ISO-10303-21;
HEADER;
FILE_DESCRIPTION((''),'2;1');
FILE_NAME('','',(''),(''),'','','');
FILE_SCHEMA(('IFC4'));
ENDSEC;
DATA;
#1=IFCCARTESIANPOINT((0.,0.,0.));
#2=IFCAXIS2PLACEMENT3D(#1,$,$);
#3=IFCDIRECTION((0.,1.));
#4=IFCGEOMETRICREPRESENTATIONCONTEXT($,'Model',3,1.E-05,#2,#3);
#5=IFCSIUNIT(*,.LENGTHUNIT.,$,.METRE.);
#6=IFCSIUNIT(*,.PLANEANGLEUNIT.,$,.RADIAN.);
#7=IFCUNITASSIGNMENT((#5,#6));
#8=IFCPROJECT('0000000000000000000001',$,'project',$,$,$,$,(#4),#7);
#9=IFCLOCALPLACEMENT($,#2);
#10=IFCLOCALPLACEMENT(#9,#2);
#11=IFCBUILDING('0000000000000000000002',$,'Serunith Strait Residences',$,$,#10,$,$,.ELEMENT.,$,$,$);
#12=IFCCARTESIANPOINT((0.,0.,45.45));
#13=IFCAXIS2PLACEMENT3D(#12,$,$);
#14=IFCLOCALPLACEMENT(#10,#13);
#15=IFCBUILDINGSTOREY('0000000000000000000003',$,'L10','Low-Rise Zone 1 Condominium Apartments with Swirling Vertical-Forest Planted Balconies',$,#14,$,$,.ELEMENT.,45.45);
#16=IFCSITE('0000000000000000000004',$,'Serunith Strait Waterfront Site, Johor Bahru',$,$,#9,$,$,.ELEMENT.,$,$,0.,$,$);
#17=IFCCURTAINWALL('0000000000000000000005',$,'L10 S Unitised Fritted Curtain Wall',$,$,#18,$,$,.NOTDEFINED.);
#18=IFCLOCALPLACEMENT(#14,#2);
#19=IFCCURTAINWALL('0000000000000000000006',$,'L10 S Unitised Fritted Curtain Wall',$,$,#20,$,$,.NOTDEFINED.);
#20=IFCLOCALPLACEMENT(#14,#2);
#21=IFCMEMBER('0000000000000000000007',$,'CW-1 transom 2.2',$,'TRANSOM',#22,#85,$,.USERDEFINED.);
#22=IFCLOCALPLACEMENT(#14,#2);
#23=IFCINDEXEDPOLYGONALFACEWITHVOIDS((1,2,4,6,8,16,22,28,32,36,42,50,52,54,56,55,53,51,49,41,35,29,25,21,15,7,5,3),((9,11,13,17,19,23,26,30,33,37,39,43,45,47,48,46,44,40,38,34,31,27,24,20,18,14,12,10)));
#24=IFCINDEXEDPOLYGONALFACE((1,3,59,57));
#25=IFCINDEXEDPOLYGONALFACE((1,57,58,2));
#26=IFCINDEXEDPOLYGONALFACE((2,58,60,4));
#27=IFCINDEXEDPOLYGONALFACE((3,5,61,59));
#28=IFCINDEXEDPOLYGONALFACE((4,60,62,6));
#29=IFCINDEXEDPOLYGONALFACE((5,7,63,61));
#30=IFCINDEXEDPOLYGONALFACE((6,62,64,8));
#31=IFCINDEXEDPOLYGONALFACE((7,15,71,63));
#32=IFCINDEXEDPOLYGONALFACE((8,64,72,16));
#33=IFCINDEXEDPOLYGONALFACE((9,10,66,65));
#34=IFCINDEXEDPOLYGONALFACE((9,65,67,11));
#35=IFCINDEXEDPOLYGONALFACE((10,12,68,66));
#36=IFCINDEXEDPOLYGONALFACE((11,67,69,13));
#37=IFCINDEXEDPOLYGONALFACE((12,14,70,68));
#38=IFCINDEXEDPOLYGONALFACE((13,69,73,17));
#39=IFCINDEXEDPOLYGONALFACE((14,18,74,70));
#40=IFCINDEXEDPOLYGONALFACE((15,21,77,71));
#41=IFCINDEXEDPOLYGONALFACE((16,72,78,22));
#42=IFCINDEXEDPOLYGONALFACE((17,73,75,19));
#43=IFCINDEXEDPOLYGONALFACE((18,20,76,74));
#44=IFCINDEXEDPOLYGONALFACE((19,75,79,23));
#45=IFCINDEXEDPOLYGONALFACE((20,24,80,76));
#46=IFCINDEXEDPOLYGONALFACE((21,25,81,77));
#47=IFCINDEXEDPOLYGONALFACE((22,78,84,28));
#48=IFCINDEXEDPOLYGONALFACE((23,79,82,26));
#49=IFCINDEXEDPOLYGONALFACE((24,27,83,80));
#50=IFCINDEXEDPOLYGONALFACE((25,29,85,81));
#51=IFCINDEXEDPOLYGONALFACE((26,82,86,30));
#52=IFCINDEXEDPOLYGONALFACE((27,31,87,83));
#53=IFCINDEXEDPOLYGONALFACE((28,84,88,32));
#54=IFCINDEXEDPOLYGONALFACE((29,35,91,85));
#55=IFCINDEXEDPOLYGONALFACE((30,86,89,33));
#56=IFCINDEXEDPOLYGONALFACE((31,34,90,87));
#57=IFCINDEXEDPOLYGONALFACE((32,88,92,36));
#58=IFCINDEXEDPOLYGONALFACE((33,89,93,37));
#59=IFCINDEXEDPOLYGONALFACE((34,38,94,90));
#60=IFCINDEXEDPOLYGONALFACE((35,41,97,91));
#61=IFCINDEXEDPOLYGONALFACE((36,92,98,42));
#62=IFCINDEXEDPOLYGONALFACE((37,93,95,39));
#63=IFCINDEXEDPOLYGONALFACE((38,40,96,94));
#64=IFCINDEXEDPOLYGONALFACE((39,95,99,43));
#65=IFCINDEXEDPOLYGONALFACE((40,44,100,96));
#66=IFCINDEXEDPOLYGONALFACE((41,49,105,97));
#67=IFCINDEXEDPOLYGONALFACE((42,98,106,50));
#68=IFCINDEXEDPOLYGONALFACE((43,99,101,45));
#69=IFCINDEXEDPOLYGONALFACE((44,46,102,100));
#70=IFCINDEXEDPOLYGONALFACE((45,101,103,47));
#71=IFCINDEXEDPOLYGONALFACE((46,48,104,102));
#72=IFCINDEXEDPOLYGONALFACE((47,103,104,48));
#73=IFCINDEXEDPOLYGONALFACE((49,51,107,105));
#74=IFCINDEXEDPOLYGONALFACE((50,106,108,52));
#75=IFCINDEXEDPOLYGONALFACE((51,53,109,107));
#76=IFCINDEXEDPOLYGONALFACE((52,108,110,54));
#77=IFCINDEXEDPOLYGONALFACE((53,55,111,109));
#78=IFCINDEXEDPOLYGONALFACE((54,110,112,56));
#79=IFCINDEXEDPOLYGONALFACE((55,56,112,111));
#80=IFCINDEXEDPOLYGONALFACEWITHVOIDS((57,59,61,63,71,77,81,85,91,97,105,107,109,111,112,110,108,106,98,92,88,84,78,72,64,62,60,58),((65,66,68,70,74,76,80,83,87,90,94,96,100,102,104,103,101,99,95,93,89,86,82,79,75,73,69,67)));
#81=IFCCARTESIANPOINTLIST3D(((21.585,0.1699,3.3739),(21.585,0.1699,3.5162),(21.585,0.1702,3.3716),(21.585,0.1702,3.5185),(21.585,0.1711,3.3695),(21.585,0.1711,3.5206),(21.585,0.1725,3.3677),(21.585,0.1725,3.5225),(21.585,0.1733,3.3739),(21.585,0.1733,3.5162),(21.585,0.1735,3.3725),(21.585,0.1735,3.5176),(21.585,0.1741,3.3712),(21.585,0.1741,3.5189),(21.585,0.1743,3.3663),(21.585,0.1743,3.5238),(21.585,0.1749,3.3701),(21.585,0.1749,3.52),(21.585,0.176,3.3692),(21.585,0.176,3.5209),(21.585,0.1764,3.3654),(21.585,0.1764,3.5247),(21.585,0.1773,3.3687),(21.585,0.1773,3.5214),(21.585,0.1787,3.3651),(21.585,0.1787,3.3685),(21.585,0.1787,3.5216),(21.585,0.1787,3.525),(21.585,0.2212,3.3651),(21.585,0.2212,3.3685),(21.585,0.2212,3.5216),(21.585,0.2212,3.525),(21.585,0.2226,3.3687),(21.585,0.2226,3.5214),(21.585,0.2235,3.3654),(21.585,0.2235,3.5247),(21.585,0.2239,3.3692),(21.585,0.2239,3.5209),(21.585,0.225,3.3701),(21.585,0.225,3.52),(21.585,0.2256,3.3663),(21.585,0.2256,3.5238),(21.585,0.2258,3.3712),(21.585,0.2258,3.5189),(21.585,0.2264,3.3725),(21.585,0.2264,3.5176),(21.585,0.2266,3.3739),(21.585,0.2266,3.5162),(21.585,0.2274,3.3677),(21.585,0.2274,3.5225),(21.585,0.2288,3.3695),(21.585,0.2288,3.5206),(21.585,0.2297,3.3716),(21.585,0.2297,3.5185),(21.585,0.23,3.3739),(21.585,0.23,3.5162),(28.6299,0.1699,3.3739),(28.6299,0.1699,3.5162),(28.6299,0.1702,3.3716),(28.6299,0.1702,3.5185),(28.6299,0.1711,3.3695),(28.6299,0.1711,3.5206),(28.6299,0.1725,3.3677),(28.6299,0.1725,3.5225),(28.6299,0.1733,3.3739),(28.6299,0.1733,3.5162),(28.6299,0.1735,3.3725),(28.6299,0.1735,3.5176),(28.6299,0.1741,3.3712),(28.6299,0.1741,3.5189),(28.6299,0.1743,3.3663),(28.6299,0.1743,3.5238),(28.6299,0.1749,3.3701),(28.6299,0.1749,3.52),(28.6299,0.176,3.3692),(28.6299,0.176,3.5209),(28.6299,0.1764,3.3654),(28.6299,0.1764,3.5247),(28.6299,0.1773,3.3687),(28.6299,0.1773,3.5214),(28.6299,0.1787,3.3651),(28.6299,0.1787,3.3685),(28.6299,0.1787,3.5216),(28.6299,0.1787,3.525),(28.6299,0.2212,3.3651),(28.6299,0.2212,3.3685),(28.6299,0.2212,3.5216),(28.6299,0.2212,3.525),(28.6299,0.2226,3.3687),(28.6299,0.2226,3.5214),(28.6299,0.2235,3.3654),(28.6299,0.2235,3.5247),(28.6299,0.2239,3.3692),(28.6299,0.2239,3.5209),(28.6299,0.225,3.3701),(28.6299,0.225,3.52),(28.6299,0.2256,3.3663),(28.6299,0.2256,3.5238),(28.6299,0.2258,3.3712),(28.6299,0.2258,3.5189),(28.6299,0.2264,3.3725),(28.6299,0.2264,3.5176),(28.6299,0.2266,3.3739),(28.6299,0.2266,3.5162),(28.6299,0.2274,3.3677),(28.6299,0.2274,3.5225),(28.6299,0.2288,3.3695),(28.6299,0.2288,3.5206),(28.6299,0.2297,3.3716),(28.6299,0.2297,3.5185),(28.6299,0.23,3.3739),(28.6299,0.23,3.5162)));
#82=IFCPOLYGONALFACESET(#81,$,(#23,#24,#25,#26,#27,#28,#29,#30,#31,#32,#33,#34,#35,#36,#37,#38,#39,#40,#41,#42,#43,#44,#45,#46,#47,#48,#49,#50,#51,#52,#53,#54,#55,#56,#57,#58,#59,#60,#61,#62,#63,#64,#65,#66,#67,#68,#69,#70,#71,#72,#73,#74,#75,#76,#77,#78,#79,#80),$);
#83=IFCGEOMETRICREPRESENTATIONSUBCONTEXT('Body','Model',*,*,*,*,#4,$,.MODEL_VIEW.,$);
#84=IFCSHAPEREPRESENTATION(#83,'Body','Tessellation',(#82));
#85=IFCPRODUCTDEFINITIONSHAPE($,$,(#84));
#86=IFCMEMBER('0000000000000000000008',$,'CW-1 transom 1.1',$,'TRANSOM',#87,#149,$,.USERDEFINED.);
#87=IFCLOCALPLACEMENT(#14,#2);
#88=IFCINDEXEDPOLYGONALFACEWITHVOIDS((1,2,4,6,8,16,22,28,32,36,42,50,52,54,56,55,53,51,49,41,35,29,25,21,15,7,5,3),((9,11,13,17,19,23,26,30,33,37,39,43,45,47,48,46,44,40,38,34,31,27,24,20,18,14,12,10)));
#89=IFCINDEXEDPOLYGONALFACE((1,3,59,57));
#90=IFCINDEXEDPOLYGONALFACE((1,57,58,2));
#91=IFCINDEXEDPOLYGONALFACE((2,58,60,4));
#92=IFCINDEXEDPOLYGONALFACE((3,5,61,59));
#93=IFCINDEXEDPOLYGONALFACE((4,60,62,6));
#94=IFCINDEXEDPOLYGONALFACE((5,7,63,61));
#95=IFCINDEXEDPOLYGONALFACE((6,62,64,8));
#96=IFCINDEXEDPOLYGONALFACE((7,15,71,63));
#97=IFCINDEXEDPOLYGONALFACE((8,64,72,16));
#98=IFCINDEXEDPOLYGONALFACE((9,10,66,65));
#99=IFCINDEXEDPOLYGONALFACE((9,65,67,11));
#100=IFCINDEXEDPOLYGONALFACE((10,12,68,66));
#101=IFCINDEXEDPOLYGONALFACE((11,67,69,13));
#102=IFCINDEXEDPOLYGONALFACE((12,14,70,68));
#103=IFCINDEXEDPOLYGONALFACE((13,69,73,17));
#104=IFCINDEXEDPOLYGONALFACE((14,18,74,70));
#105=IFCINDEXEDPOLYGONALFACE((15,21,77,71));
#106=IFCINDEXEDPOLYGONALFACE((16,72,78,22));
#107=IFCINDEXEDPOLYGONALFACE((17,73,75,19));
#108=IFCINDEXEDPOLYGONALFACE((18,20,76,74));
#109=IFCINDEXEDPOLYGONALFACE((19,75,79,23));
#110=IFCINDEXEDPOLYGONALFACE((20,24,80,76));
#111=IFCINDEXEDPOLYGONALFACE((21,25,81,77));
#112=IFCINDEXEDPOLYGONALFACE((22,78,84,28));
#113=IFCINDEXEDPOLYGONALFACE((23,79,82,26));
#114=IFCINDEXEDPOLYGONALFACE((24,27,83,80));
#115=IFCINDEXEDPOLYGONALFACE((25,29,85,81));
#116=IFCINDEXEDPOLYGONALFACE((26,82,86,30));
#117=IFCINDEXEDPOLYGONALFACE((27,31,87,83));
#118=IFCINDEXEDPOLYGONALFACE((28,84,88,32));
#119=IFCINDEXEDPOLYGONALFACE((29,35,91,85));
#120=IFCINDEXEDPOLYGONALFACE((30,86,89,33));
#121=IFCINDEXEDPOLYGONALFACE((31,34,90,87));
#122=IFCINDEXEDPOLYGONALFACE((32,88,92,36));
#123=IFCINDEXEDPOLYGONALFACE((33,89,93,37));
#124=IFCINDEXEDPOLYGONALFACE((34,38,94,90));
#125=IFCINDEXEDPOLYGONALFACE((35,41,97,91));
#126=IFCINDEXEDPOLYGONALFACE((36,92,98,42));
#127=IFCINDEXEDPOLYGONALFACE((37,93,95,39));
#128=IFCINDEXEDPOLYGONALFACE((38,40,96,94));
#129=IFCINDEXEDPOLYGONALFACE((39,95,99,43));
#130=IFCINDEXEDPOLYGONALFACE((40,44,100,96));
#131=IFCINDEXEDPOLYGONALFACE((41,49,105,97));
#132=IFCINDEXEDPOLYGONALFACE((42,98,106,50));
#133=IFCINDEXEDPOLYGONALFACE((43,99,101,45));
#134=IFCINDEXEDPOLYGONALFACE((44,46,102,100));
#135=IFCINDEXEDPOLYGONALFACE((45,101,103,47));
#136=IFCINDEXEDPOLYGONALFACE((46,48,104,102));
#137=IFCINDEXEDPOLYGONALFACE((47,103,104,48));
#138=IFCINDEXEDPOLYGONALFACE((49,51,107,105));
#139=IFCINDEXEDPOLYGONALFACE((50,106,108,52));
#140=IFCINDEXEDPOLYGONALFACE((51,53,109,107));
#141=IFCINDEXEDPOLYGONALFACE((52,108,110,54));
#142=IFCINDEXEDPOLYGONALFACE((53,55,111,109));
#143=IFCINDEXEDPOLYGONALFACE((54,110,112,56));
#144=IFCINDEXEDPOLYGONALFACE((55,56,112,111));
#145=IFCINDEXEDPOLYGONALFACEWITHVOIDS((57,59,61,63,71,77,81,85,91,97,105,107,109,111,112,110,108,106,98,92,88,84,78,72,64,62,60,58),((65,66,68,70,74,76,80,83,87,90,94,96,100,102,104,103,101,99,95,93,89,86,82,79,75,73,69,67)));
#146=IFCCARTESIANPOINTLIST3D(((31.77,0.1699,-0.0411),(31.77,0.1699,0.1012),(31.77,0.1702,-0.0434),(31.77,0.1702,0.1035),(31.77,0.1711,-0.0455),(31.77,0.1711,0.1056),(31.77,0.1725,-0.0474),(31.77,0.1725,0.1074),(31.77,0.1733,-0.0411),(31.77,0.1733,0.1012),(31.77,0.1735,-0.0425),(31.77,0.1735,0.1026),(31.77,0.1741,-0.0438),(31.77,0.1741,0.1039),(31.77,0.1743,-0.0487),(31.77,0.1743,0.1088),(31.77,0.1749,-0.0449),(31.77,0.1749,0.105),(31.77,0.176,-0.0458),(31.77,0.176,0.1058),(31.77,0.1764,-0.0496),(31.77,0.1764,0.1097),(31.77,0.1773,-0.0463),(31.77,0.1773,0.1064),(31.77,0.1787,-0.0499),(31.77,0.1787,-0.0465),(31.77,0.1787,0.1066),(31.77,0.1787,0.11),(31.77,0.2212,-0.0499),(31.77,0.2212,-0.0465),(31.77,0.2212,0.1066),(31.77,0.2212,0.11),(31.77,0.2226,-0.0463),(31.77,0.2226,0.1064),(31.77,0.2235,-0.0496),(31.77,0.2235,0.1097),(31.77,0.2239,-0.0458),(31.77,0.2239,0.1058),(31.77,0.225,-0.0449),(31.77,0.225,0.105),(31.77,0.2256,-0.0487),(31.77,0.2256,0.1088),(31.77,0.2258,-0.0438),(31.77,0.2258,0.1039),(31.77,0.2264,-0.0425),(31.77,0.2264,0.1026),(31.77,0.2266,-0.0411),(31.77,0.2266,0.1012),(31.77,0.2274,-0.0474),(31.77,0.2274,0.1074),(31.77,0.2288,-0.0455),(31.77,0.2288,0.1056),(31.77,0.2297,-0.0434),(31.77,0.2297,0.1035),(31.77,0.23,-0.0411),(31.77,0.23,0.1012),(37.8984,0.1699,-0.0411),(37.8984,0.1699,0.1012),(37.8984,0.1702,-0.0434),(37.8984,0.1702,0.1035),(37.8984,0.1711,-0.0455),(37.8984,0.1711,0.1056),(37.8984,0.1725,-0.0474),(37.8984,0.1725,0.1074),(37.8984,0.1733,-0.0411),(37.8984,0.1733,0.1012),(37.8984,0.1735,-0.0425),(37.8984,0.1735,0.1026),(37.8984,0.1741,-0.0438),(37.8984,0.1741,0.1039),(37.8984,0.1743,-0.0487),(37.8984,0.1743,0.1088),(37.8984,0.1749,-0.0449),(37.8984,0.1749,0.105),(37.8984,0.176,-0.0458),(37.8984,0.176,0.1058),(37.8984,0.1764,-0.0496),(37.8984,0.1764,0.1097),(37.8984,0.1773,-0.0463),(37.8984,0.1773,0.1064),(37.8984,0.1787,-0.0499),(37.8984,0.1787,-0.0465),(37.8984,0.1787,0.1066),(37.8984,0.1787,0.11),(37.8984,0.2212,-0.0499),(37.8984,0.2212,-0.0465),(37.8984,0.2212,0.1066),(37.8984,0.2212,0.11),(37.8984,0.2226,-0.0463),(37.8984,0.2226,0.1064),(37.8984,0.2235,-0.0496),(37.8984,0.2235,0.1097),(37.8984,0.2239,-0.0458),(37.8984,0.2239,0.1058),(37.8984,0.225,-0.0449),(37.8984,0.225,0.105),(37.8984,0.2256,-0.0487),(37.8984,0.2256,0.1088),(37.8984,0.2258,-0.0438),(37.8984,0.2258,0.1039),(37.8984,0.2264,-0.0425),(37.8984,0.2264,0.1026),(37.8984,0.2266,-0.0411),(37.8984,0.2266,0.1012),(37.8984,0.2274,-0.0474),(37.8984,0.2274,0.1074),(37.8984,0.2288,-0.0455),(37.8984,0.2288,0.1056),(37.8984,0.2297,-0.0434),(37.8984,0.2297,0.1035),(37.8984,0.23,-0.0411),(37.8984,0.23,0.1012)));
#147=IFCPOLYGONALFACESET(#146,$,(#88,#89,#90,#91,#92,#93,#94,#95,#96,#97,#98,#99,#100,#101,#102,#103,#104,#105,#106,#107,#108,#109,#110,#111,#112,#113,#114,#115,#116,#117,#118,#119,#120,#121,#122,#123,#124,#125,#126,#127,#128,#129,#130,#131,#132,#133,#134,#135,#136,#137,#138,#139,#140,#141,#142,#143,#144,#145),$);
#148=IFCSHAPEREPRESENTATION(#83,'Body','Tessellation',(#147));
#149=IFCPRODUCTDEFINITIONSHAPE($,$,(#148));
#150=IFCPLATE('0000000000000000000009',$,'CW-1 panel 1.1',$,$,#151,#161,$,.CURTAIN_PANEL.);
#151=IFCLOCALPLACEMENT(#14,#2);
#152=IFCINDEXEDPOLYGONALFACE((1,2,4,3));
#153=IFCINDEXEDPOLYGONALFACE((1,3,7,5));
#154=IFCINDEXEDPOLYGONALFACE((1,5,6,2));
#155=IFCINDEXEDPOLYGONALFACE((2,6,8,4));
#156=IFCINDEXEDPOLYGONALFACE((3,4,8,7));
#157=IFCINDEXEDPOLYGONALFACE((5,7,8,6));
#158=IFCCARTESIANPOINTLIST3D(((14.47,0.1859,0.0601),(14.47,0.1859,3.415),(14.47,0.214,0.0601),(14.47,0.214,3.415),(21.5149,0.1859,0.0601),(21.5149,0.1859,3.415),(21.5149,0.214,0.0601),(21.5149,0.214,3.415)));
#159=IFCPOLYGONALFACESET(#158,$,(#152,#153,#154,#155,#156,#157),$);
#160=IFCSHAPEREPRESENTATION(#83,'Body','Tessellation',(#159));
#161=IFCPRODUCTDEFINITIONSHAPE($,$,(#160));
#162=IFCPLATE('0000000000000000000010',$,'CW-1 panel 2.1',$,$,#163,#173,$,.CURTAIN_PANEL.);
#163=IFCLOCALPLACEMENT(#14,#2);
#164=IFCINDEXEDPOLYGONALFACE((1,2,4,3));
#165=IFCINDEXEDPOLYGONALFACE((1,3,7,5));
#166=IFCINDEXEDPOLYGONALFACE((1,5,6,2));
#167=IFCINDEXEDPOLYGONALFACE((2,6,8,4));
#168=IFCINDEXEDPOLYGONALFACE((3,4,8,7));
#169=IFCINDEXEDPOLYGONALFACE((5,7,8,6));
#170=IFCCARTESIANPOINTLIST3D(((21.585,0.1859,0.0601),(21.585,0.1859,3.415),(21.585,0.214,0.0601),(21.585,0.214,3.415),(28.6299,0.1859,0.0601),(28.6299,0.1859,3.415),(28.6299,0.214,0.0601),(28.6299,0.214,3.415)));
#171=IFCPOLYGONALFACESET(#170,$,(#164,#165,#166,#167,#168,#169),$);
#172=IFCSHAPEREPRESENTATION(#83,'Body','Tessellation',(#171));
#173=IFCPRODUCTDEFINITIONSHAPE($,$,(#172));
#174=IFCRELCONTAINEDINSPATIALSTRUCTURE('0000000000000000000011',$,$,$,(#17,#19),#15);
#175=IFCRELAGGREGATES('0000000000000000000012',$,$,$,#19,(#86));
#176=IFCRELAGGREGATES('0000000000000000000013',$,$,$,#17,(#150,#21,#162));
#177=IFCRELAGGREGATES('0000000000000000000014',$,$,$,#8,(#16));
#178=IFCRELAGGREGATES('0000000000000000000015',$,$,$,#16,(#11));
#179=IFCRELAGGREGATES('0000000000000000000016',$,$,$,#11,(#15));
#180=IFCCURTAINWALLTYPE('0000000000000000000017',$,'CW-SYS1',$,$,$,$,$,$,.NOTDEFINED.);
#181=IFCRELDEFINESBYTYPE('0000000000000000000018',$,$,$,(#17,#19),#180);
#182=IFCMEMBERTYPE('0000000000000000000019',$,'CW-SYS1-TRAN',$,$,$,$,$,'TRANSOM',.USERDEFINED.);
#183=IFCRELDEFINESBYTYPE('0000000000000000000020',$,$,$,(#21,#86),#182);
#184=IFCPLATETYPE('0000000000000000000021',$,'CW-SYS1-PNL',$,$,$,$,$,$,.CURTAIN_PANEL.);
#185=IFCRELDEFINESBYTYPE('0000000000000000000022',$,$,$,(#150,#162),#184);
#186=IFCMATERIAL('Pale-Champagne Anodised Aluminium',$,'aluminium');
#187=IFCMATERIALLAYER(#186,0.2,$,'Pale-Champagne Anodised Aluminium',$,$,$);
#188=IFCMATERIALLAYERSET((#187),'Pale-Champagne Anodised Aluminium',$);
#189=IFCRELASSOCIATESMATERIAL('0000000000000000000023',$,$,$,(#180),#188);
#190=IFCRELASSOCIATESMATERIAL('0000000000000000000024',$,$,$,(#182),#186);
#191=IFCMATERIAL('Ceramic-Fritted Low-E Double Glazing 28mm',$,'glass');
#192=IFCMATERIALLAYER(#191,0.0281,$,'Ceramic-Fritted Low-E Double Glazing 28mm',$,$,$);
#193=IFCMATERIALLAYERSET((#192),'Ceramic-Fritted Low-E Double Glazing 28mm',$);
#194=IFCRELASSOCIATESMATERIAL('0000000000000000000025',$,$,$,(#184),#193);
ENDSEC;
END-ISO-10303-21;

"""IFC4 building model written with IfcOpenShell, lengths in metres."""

from ifc_helpers import new_model, si_unit, direction, frame, origin, origin_2d, place, context, subcontext, project, spatial, rectangle, hollow_rectangle, extrude, source, transform, mapped, material, layer, layer_set, material_profile, profile_set, type_object, element, aggregate, save


model = new_model("IFC4")

# Units and contexts
model_context = context("Model", 3, precision=1e-05, world=origin(), true_north=direction((0.0, 1.0)))
body_context = subcontext(model_context, "Body", "Model", "MODEL_VIEW")
ifc_project = project(units=[si_unit("LENGTHUNIT", "METRE"), si_unit("PLANEANGLEUNIT", "RADIAN")], contexts=[model_context])

# Site, building, storey
site_placement = place(None, origin())
site = spatial("IfcSite", under=ifc_project, at=site_placement, Name="Serunith Strait Waterfront Site, Johor Bahru", CompositionType="ELEMENT", RefElevation=0.0)
building_placement = place(site_placement, origin())
building = spatial("IfcBuilding", under=site, at=building_placement, Name="Serunith Strait Residences", CompositionType="ELEMENT")
storey_placement = place(building_placement, frame((0.0, 0.0, 45.45)))
storey = spatial("IfcBuildingStorey", under=building, at=storey_placement, Name="L10", Description="Low-Rise Zone 1 Condominium Apartments with Swirling Vertical-Forest Planted Balconies", CompositionType="ELEMENT", Elevation=45.45)

# Curtain wall
ifc_material_1 = material(Name="Pale-Champagne Anodised Aluminium", Category="aluminium")
ifc_layer_1 = layer(ifc_material_1, 0.2, Name="Pale-Champagne Anodised Aluminium")
ifc_layer_set_1 = layer_set([ifc_layer_1], Name="Pale-Champagne Anodised Aluminium")
curtain_wall_type = type_object("IfcCurtainWallType", Name="CW-SYS1", PredefinedType="NOTDEFINED", material=ifc_layer_set_1)
curtain_wall_1_placement = place(storey_placement, origin())
curtain_wall_1 = element("IfcCurtainWall", 1, at=curtain_wall_1_placement, inside=storey, type_object=curtain_wall_type, Name="L10 S Unitised Fritted Curtain Wall", PredefinedType="NOTDEFINED")

# Curtain wall
curtain_wall_2_placement = place(storey_placement, origin())
curtain_wall_2 = element("IfcCurtainWall", 2, at=curtain_wall_2_placement, inside=storey, type_object=curtain_wall_type, Name="L10 S Unitised Fritted Curtain Wall", PredefinedType="NOTDEFINED")

# Members
ifc_material_profile_1 = material_profile(ifc_material_1, hollow_rectangle(XDim=0.0601, YDim=0.1599, WallThickness=0.0034, InnerFilletRadius=0.0054, OuterFilletRadius=0.0088, at=origin_2d()), Name="ALU 160x60x3.5")
ifc_profile_set_1 = profile_set([ifc_material_profile_1], Name="Pale-Champagne Anodised Aluminium")
member_type_1 = type_object("IfcMemberType", Name="CW-SYS1-TRAN", ElementType="TRANSOM", PredefinedType="USERDEFINED", material=ifc_profile_set_1)
shared_shape_1 = source(origin(), body_context, "Body", "SweptSolid", [
    extrude(hollow_rectangle(XDim=0.0601, YDim=0.1599, WallThickness=0.0034, InnerFilletRadius=0.0054, OuterFilletRadius=0.0088, at=origin_2d()), origin(), (0.0, 0.0, 1.0), 7.0449),
])
member_1_placement = place(storey_placement, frame((21.585, 0.2, 3.4451), z_axis=(1.0, 0.0, 0.0), x_axis=(0.0, 1.0, 0.0)))
member_1 = element("IfcMember", 3, at=member_1_placement, type_object=member_type_1, Name="CW-1 transom 2.2", ObjectType="TRANSOM", PredefinedType="USERDEFINED", context=body_context, shape_type="MappedRepresentation", body=[
    mapped(shared_shape_1, transform((0.0, 0.0, 0.0), scale=1.0)),
])
shared_shape_2 = source(origin(), body_context, "Body", "SweptSolid", [
    extrude(hollow_rectangle(XDim=0.0601, YDim=0.1599, WallThickness=0.0034, InnerFilletRadius=0.0054, OuterFilletRadius=0.0088, at=origin_2d()), origin(), (0.0, 0.0, 1.0), 6.1284),
])
member_2_placement = place(storey_placement, frame((31.77, 0.2, 0.03), z_axis=(1.0, 0.0, 0.0), x_axis=(0.0, 1.0, 0.0)))
member_2 = element("IfcMember", 4, at=member_2_placement, type_object=member_type_1, Name="CW-1 transom 1.1", ObjectType="TRANSOM", PredefinedType="USERDEFINED", context=body_context, shape_type="MappedRepresentation", body=[
    mapped(shared_shape_2, transform((0.0, 0.0, 0.0), scale=1.0)),
])
aggregate(curtain_wall_2, [member_2])

# Plates
ifc_material_2 = material(Name="Ceramic-Fritted Low-E Double Glazing 28mm", Category="glass")
ifc_layer_2 = layer(ifc_material_2, 0.0281, Name="Ceramic-Fritted Low-E Double Glazing 28mm")
ifc_layer_set_2 = layer_set([ifc_layer_2], Name="Ceramic-Fritted Low-E Double Glazing 28mm")
plate_type = type_object("IfcPlateType", Name="CW-SYS1-PNL", PredefinedType="CURTAIN_PANEL", material=ifc_layer_set_2)
shared_shape_3 = source(origin(), body_context, "Body", "SweptSolid", [
    extrude(rectangle(XDim=7.0449, YDim=0.0281, at=origin_2d()), origin(), (0.0, 0.0, 1.0), 3.355),
])
plate_1_placement = place(storey_placement, frame((17.9924, 0.2, 0.0601), z_axis=(0.0, 0.0, 1.0), x_axis=(1.0, 0.0, 0.0)))
plate_1 = element("IfcPlate", 5, at=plate_1_placement, type_object=plate_type, Name="CW-1 panel 1.1", PredefinedType="CURTAIN_PANEL", context=body_context, shape_type="MappedRepresentation", body=[
    mapped(shared_shape_3, transform((0.0, 0.0, 0.0), scale=1.0)),
])
plate_2_placement = place(storey_placement, frame((25.1074, 0.2, 0.0601), z_axis=(0.0, 0.0, 1.0), x_axis=(1.0, 0.0, 0.0)))
plate_2 = element("IfcPlate", 6, at=plate_2_placement, type_object=plate_type, Name="CW-1 panel 2.1", PredefinedType="CURTAIN_PANEL", context=body_context, shape_type="MappedRepresentation", body=[
    mapped(shared_shape_3, transform((0.0, 0.0, 0.0), scale=1.0)),
])
aggregate(curtain_wall_1, [plate_1, member_1, plate_2])

save(model, "model.ifc")
